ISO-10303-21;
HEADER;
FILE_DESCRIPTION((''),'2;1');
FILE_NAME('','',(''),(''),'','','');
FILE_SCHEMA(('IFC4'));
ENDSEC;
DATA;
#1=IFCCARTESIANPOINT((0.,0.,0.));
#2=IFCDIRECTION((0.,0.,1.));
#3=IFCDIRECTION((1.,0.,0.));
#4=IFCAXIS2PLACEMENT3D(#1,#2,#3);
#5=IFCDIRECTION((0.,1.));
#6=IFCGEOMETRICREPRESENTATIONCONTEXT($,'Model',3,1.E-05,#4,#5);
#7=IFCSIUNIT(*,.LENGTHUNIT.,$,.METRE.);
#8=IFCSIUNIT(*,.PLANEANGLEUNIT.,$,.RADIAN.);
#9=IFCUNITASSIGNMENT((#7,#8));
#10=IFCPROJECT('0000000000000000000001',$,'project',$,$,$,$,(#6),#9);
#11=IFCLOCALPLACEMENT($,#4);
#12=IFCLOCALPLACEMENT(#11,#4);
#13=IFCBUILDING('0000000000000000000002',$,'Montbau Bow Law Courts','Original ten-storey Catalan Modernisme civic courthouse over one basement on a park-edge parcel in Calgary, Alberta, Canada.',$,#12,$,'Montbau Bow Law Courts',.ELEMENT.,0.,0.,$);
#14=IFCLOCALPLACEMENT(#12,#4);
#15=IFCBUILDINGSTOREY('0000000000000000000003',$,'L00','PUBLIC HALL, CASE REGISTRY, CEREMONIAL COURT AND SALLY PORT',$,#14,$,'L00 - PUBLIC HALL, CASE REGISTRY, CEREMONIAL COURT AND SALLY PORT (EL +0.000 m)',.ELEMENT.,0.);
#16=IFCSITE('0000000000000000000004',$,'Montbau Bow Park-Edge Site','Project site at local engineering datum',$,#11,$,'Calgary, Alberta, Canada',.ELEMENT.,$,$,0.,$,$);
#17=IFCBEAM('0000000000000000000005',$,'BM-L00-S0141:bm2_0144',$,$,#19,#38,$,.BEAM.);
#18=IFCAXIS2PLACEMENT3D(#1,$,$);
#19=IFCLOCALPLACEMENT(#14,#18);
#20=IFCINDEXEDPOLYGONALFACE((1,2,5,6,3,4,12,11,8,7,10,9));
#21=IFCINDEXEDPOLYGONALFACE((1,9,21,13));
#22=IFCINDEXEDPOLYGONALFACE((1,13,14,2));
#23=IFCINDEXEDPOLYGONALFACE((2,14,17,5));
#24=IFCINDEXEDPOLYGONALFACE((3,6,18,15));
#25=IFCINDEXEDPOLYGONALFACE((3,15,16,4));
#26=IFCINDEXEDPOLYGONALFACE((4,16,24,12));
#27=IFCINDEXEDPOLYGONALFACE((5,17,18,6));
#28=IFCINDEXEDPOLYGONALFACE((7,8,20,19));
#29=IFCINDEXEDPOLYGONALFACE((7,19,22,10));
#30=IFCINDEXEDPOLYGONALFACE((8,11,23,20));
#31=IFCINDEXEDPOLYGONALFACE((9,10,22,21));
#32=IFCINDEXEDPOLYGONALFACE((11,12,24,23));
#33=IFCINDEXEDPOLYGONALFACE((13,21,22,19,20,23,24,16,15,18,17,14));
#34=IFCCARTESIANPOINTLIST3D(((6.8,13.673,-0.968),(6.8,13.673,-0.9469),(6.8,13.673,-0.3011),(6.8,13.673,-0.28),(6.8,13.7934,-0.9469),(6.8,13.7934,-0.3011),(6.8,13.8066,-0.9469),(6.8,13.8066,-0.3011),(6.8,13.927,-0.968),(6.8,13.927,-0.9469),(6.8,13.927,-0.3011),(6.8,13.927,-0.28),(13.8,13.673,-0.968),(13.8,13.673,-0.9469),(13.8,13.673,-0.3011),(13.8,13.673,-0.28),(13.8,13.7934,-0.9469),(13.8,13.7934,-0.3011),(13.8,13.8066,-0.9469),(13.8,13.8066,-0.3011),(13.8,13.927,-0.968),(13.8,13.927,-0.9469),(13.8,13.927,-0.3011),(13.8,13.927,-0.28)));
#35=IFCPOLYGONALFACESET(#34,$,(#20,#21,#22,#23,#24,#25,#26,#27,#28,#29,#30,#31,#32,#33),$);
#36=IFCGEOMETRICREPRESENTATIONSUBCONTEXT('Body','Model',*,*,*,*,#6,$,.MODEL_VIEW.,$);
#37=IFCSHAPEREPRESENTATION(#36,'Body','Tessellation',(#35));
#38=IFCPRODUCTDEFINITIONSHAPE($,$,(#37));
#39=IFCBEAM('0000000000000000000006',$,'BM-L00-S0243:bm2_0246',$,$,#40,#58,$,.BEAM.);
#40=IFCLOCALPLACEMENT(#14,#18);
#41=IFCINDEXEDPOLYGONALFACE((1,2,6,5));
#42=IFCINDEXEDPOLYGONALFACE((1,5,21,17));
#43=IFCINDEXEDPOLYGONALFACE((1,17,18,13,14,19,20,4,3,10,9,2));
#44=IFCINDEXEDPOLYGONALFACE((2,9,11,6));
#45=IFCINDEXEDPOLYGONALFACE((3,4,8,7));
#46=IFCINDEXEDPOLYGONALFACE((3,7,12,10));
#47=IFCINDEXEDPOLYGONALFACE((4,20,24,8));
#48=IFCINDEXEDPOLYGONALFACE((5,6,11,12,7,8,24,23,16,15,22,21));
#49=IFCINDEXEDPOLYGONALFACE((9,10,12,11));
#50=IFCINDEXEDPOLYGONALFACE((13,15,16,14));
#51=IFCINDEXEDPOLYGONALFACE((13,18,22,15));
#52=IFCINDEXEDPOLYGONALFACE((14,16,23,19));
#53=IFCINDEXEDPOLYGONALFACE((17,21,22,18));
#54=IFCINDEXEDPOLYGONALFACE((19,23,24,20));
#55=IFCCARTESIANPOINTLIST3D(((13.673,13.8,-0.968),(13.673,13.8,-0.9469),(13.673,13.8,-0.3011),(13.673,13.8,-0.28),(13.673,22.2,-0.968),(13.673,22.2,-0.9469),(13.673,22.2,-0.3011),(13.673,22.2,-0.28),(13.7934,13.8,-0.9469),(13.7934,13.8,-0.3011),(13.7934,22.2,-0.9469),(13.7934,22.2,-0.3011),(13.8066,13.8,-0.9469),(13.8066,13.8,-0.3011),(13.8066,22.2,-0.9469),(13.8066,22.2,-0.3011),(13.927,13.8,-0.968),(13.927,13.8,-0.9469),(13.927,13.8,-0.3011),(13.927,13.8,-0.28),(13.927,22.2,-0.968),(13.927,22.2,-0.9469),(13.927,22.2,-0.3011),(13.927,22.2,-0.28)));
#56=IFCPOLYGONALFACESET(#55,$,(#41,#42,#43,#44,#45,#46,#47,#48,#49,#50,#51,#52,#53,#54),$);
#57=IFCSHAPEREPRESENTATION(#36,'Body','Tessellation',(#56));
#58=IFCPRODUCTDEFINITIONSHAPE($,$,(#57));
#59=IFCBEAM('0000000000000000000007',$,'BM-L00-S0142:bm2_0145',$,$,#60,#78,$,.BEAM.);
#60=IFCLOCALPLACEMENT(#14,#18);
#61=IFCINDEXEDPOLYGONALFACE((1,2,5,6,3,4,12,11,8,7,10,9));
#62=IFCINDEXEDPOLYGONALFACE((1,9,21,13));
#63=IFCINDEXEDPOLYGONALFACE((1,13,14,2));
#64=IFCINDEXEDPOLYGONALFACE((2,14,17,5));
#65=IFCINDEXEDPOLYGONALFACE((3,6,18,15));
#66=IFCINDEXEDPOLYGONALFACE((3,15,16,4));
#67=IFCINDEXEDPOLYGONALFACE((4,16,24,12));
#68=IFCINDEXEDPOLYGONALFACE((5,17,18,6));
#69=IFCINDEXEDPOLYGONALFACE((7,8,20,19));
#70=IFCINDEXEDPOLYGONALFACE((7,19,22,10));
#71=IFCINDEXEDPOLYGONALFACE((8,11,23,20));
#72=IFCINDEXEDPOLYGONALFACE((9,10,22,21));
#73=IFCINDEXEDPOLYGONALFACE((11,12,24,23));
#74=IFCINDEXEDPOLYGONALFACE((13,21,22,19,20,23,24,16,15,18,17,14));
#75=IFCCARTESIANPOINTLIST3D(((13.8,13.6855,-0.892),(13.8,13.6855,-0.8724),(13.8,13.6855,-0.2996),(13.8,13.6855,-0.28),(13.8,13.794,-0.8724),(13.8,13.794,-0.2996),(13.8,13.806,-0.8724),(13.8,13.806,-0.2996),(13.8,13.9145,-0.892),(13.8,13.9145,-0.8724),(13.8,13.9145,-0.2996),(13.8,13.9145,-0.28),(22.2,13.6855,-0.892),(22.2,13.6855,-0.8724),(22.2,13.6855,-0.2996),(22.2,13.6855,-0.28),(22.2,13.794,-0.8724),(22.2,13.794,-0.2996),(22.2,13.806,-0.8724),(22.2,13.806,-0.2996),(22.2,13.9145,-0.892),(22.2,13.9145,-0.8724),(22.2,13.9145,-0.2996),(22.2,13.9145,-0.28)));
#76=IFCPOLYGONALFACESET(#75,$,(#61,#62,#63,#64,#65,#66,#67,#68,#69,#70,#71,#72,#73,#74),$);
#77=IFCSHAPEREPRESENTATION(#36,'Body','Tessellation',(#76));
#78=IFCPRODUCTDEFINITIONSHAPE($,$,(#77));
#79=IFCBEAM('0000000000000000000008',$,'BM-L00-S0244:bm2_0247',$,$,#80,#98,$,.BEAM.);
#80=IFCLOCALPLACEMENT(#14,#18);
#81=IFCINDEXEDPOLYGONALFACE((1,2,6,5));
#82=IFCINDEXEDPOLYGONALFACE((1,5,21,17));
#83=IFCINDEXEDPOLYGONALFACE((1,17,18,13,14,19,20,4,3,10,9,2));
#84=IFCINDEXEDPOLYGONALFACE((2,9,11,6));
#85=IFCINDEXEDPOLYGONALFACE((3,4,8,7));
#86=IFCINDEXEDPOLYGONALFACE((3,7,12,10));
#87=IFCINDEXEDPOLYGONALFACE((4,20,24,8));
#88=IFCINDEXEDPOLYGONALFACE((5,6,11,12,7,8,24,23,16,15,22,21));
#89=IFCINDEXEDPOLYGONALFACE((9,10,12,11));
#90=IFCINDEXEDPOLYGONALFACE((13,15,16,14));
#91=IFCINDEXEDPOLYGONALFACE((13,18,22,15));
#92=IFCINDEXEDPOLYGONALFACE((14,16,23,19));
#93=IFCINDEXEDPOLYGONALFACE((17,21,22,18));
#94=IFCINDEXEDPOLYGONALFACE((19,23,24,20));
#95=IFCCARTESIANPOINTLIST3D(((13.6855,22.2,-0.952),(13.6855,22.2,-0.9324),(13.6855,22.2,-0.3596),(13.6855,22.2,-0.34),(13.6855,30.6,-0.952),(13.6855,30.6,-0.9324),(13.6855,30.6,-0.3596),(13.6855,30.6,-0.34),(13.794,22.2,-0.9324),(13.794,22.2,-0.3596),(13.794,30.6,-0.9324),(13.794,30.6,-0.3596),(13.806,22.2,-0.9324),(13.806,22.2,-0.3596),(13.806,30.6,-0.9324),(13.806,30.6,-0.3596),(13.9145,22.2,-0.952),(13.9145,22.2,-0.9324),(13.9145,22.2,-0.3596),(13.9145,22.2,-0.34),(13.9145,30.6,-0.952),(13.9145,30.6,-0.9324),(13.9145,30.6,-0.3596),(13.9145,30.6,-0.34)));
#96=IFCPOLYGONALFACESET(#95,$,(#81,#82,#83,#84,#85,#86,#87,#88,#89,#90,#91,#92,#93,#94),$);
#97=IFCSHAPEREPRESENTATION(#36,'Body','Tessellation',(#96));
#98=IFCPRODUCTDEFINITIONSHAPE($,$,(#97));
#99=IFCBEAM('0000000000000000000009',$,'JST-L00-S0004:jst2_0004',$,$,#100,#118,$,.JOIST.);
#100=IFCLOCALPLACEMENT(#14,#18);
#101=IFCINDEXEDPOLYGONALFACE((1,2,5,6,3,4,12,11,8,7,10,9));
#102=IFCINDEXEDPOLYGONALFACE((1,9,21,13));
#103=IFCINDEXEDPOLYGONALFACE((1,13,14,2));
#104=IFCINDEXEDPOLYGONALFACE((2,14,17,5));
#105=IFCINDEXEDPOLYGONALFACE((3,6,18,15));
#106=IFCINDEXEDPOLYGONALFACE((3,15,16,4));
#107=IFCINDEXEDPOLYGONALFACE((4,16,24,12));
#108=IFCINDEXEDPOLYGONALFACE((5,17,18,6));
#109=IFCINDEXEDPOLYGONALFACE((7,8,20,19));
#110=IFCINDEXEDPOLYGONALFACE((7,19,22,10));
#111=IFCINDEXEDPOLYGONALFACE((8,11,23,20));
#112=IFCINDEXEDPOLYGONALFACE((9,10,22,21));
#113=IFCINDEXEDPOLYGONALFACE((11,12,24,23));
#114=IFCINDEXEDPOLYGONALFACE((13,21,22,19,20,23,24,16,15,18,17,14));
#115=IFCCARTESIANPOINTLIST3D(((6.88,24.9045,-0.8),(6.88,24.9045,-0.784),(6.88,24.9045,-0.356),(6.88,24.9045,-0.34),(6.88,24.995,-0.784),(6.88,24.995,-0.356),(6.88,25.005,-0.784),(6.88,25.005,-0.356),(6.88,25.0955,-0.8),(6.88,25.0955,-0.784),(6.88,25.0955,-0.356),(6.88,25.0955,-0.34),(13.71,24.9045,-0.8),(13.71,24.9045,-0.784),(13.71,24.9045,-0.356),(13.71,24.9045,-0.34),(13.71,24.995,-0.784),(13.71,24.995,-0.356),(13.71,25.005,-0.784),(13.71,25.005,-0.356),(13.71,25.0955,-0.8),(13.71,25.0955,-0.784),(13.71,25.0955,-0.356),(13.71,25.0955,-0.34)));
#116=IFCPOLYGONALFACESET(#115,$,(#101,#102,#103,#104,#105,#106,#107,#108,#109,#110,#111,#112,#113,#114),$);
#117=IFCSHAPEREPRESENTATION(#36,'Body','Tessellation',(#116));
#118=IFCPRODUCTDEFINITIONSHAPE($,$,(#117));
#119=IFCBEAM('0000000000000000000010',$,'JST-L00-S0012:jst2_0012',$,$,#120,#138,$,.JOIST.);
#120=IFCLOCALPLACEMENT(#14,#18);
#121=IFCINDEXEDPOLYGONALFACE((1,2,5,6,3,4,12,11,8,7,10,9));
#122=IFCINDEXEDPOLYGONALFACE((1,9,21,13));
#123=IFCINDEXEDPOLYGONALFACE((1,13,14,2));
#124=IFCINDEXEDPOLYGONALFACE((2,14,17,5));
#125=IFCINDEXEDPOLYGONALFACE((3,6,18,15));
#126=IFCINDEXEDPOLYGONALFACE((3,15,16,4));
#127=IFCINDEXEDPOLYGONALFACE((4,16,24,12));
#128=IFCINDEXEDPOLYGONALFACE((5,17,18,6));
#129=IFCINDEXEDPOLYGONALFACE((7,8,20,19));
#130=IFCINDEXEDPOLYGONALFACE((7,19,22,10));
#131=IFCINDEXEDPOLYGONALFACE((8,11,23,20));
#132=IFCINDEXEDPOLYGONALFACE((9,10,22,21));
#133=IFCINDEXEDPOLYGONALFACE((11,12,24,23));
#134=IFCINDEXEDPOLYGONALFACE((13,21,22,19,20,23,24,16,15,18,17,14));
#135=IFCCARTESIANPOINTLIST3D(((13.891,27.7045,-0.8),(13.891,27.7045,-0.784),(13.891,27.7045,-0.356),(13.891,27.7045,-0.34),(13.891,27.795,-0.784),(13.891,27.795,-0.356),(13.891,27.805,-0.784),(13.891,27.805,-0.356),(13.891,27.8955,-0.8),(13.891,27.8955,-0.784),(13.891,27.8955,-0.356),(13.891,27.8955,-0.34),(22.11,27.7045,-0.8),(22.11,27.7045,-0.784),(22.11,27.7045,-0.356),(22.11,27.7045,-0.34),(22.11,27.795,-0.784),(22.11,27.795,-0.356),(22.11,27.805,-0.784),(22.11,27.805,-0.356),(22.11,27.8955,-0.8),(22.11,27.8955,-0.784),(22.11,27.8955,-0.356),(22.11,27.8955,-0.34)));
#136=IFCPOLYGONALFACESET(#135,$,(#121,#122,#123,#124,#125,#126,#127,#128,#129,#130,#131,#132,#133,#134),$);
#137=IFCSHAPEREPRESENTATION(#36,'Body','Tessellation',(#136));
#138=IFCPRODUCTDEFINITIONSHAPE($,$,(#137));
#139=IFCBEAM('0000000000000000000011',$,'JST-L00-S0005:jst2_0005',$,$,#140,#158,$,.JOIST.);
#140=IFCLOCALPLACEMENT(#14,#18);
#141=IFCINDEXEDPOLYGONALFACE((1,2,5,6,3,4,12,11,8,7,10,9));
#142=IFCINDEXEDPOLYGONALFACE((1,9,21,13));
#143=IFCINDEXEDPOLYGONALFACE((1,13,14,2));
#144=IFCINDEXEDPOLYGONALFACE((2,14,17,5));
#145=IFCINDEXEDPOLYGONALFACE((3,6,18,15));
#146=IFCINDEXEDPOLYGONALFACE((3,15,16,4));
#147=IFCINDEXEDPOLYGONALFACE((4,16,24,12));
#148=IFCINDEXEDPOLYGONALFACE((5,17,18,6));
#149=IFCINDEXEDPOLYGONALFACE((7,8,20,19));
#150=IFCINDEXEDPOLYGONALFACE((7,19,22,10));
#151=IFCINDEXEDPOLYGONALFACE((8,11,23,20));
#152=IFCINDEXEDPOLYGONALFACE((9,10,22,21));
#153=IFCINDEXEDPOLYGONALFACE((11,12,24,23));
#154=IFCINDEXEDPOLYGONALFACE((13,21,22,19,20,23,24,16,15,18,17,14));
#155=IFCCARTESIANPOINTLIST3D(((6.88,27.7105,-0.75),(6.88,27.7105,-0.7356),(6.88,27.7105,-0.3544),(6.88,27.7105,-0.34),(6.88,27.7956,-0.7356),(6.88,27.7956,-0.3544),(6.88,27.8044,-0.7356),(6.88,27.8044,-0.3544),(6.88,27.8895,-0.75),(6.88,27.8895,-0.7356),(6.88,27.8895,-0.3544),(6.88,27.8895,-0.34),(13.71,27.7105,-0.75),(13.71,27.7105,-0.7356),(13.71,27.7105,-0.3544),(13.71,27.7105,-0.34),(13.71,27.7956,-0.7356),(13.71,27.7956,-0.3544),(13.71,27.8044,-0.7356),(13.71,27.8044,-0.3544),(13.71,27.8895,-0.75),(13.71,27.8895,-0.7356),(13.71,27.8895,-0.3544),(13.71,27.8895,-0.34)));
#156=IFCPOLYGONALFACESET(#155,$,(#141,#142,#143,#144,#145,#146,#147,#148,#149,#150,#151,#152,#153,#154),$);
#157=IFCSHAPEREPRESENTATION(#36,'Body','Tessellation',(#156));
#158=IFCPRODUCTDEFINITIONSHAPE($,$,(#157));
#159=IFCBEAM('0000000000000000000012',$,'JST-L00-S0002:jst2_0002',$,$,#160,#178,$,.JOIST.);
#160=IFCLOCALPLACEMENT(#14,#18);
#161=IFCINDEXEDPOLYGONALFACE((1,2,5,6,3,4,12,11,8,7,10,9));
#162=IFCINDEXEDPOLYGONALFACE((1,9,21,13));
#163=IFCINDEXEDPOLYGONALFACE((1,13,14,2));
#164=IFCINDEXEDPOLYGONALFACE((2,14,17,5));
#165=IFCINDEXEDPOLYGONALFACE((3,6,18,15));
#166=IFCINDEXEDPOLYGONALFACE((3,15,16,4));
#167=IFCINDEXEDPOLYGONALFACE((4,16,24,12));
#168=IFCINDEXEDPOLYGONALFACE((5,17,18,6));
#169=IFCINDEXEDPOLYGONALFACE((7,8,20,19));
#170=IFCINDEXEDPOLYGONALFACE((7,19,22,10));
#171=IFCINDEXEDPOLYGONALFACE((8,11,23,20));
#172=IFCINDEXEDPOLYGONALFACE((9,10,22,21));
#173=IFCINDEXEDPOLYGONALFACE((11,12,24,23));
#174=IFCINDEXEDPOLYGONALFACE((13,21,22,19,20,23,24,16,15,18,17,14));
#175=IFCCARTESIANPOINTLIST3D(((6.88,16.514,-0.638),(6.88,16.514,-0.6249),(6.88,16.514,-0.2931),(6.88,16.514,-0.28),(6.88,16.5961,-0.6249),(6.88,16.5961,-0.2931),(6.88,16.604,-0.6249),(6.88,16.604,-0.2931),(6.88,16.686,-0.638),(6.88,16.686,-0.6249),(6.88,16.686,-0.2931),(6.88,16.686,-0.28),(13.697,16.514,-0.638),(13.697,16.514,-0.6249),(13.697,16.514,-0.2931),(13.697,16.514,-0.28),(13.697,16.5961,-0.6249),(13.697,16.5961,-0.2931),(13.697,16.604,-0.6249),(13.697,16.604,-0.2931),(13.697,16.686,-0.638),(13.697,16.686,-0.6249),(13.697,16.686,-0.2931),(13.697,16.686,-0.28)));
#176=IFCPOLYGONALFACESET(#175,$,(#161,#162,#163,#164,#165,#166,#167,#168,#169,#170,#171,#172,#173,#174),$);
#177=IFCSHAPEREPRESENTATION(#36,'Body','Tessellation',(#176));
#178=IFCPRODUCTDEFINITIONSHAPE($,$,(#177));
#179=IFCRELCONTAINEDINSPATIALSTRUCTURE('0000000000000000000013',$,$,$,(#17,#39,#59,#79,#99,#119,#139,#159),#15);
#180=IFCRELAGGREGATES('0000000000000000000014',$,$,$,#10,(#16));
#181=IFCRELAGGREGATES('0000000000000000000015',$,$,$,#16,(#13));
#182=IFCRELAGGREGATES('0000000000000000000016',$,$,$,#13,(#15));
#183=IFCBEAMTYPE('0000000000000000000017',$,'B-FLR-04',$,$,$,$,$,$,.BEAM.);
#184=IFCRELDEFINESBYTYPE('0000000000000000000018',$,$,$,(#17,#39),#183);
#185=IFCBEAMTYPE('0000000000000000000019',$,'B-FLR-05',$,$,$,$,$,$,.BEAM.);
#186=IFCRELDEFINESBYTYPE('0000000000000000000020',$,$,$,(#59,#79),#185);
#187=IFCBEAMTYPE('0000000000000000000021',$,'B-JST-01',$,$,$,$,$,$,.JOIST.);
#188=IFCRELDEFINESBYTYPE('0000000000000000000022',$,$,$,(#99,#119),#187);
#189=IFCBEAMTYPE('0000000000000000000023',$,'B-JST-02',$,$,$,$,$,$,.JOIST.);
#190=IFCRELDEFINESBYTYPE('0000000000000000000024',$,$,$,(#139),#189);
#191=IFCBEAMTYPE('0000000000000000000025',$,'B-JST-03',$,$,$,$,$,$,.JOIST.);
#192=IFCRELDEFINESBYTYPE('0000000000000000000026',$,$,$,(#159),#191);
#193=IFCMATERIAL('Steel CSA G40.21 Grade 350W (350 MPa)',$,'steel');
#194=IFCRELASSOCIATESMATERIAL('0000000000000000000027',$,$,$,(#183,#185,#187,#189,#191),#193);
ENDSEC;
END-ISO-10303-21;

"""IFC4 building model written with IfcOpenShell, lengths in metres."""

from ifc_helpers import new_model, si_unit, direction, frame, origin_with_axes, origin_2d_with_axis, place, context, subcontext, project, spatial, i_section, extrude, material, material_profile, profile_set, type_object, element, save


model = new_model("IFC4")

# Units and contexts
model_context = context("Model", 3, precision=1e-05, world=origin_with_axes(), true_north=direction((0.0, 1.0)))
body_context = subcontext(model_context, "Body", "Model", "MODEL_VIEW")
ifc_project = project(units=[si_unit("LENGTHUNIT", "METRE"), si_unit("PLANEANGLEUNIT", "RADIAN")], contexts=[model_context])

# Site, building, storey
site_placement = place(None, origin_with_axes())
site = spatial("IfcSite", under=ifc_project, at=site_placement, Name="Montbau Bow Park-Edge Site", Description="Project site at local engineering datum", LongName="Calgary, Alberta, Canada", CompositionType="ELEMENT", RefElevation=0.0)
building_placement = place(site_placement, origin_with_axes())
building = spatial("IfcBuilding", under=site, at=building_placement, Name="Montbau Bow Law Courts", Description="Original ten-storey Catalan Modernisme civic courthouse over one basement on a park-edge parcel in Calgary, Alberta, Canada.", LongName="Montbau Bow Law Courts", CompositionType="ELEMENT", ElevationOfRefHeight=0.0, ElevationOfTerrain=0.0)
storey_placement = place(building_placement, origin_with_axes())
storey = spatial("IfcBuildingStorey", under=building, at=storey_placement, Name="L00", Description="PUBLIC HALL, CASE REGISTRY, CEREMONIAL COURT AND SALLY PORT", LongName="L00 - PUBLIC HALL, CASE REGISTRY, CEREMONIAL COURT AND SALLY PORT (EL +0.000 m)", CompositionType="ELEMENT", Elevation=0.0)

# Shared definitions
ifc_material_1 = material(Name="Steel CSA G40.21 Grade 350W (350 MPa)", Category="steel")

# Beams
ifc_material_profile_1 = material_profile(ifc_material_1, i_section(OverallWidth=0.254, OverallDepth=0.688, WebThickness=0.0131, FlangeThickness=0.0211, at=origin_2d_with_axis()), Name="W690X152", Category="Main", Priority=0)
ifc_profile_set_1 = profile_set([ifc_material_profile_1], Name="Steel CSA G40.21 Grade 350W (350 MPa)")
beam_type_1 = type_object("IfcBeamType", Name="B-FLR-04", PredefinedType="BEAM", material=ifc_profile_set_1)
beam_1_placement = place(None, frame((6.8, 13.8, -0.624), z_axis=(1.0, 0.0, 0.0), x_axis=(0.0, 1.0, 0.0)))
element("IfcBeam", 1, at=beam_1_placement, inside=storey, type_object=beam_type_1, Name="BM-L00-S0141:bm2_0144", PredefinedType="BEAM", context=body_context, shape_type="SweptSolid", body=[
    extrude(i_section(OverallWidth=0.254, OverallDepth=0.688, WebThickness=0.0131, FlangeThickness=0.0211, at=origin_2d_with_axis()), origin_with_axes(), (0.0, 0.0, 1.0), 7.0),
])
beam_2_placement = place(None, frame((13.8, 13.8, -0.624), z_axis=(0.0, 1.0, 0.0), x_axis=(-1.0, 0.0, 0.0)))
element("IfcBeam", 2, at=beam_2_placement, inside=storey, type_object=beam_type_1, Name="BM-L00-S0243:bm2_0246", PredefinedType="BEAM", context=body_context, shape_type="SweptSolid", body=[
    extrude(i_section(OverallWidth=0.254, OverallDepth=0.688, WebThickness=0.0131, FlangeThickness=0.0211, at=origin_2d_with_axis()), origin_with_axes(), (0.0, 0.0, 1.0), 8.4),
])
ifc_material_profile_2 = material_profile(ifc_material_1, i_section(OverallWidth=0.229, OverallDepth=0.612, WebThickness=0.0119, FlangeThickness=0.0196, at=origin_2d_with_axis()), Name="W610X125", Category="Main", Priority=0)
ifc_profile_set_2 = profile_set([ifc_material_profile_2], Name="Steel CSA G40.21 Grade 350W (350 MPa)")
beam_type_2 = type_object("IfcBeamType", Name="B-FLR-05", PredefinedType="BEAM", material=ifc_profile_set_2)
for number, where, z_axis, x_axis, name in (
    (3, (13.8, 13.8, -0.586), (1.0, 0.0, 0.0), (0.0, 1.0, 0.0), "BM-L00-S0142:bm2_0145"),
    (4, (13.8, 22.2, -0.646), (0.0, 1.0, 0.0), (-1.0, 0.0, 0.0), "BM-L00-S0244:bm2_0247"),
):
    element("IfcBeam", number, at=place(None, frame(where, z_axis=z_axis, x_axis=x_axis)), inside=storey, type_object=beam_type_2, Name=name, PredefinedType="BEAM", context=body_context, shape_type="SweptSolid", body=[
        extrude(i_section(OverallWidth=0.229, OverallDepth=0.612, WebThickness=0.0119, FlangeThickness=0.0196, at=origin_2d_with_axis()), origin_with_axes(), (0.0, 0.0, 1.0), 8.4),
    ])
ifc_material_profile_3 = material_profile(ifc_material_1, i_section(OverallWidth=0.191, OverallDepth=0.46, WebThickness=0.0099, FlangeThickness=0.016, at=origin_2d_with_axis()), Name="W460X82", Category="Main", Priority=0)
ifc_profile_set_3 = profile_set([ifc_material_profile_3], Name="Steel CSA G40.21 Grade 350W (350 MPa)")
beam_type_3 = type_object("IfcBeamType", Name="B-JST-01", PredefinedType="JOIST", material=ifc_profile_set_3)
beam_3_placement = place(None, frame((6.88, 25.0, -0.57), z_axis=(1.0, 0.0, 0.0), x_axis=(0.0, 1.0, 0.0)))
element("IfcBeam", 5, at=beam_3_placement, inside=storey, type_object=beam_type_3, Name="JST-L00-S0004:jst2_0004", PredefinedType="JOIST", context=body_context, shape_type="SweptSolid", body=[
    extrude(i_section(OverallWidth=0.191, OverallDepth=0.46, WebThickness=0.0099, FlangeThickness=0.016, at=origin_2d_with_axis()), origin_with_axes(), (0.0, 0.0, 1.0), 6.83),
])
beam_4_placement = place(None, frame((13.891, 27.8, -0.57), z_axis=(1.0, 0.0, 0.0), x_axis=(0.0, 1.0, 0.0)))
element("IfcBeam", 6, at=beam_4_placement, inside=storey, type_object=beam_type_3, Name="JST-L00-S0012:jst2_0012", PredefinedType="JOIST", context=body_context, shape_type="SweptSolid", body=[
    extrude(i_section(OverallWidth=0.191, OverallDepth=0.46, WebThickness=0.0099, FlangeThickness=0.016, at=origin_2d_with_axis()), origin_with_axes(), (0.0, 0.0, 1.0), 8.219),
])
ifc_material_profile_4 = material_profile(ifc_material_1, i_section(OverallWidth=0.179, OverallDepth=0.41, WebThickness=0.0088, FlangeThickness=0.0144, at=origin_2d_with_axis()), Name="W410X67", Category="Main", Priority=0)
ifc_profile_set_4 = profile_set([ifc_material_profile_4], Name="Steel CSA G40.21 Grade 350W (350 MPa)")
beam_type_4 = type_object("IfcBeamType", Name="B-JST-02", PredefinedType="JOIST", material=ifc_profile_set_4)
beam_5_placement = place(None, frame((6.88, 27.8, -0.545), z_axis=(1.0, 0.0, 0.0), x_axis=(0.0, 1.0, 0.0)))
element("IfcBeam", 7, at=beam_5_placement, inside=storey, type_object=beam_type_4, Name="JST-L00-S0005:jst2_0005", PredefinedType="JOIST", context=body_context, shape_type="SweptSolid", body=[
    extrude(i_section(OverallWidth=0.179, OverallDepth=0.41, WebThickness=0.0088, FlangeThickness=0.0144, at=origin_2d_with_axis()), origin_with_axes(), (0.0, 0.0, 1.0), 6.83),
])
ifc_material_profile_5 = material_profile(ifc_material_1, i_section(OverallWidth=0.172, OverallDepth=0.358, WebThickness=0.0079, FlangeThickness=0.0131, at=origin_2d_with_axis()), Name="W360X57", Category="Main", Priority=0)
ifc_profile_set_5 = profile_set([ifc_material_profile_5], Name="Steel CSA G40.21 Grade 350W (350 MPa)")
beam_type_5 = type_object("IfcBeamType", Name="B-JST-03", PredefinedType="JOIST", material=ifc_profile_set_5)
beam_6_placement = place(None, frame((6.88, 16.6, -0.459), z_axis=(1.0, 0.0, 0.0), x_axis=(0.0, 1.0, 0.0)))
element("IfcBeam", 8, at=beam_6_placement, inside=storey, type_object=beam_type_5, Name="JST-L00-S0002:jst2_0002", PredefinedType="JOIST", context=body_context, shape_type="SweptSolid", body=[
    extrude(i_section(OverallWidth=0.172, OverallDepth=0.358, WebThickness=0.0079, FlangeThickness=0.0131, at=origin_2d_with_axis()), origin_with_axes(), (0.0, 0.0, 1.0), 6.817),
])

save(model, "model.ifc")
